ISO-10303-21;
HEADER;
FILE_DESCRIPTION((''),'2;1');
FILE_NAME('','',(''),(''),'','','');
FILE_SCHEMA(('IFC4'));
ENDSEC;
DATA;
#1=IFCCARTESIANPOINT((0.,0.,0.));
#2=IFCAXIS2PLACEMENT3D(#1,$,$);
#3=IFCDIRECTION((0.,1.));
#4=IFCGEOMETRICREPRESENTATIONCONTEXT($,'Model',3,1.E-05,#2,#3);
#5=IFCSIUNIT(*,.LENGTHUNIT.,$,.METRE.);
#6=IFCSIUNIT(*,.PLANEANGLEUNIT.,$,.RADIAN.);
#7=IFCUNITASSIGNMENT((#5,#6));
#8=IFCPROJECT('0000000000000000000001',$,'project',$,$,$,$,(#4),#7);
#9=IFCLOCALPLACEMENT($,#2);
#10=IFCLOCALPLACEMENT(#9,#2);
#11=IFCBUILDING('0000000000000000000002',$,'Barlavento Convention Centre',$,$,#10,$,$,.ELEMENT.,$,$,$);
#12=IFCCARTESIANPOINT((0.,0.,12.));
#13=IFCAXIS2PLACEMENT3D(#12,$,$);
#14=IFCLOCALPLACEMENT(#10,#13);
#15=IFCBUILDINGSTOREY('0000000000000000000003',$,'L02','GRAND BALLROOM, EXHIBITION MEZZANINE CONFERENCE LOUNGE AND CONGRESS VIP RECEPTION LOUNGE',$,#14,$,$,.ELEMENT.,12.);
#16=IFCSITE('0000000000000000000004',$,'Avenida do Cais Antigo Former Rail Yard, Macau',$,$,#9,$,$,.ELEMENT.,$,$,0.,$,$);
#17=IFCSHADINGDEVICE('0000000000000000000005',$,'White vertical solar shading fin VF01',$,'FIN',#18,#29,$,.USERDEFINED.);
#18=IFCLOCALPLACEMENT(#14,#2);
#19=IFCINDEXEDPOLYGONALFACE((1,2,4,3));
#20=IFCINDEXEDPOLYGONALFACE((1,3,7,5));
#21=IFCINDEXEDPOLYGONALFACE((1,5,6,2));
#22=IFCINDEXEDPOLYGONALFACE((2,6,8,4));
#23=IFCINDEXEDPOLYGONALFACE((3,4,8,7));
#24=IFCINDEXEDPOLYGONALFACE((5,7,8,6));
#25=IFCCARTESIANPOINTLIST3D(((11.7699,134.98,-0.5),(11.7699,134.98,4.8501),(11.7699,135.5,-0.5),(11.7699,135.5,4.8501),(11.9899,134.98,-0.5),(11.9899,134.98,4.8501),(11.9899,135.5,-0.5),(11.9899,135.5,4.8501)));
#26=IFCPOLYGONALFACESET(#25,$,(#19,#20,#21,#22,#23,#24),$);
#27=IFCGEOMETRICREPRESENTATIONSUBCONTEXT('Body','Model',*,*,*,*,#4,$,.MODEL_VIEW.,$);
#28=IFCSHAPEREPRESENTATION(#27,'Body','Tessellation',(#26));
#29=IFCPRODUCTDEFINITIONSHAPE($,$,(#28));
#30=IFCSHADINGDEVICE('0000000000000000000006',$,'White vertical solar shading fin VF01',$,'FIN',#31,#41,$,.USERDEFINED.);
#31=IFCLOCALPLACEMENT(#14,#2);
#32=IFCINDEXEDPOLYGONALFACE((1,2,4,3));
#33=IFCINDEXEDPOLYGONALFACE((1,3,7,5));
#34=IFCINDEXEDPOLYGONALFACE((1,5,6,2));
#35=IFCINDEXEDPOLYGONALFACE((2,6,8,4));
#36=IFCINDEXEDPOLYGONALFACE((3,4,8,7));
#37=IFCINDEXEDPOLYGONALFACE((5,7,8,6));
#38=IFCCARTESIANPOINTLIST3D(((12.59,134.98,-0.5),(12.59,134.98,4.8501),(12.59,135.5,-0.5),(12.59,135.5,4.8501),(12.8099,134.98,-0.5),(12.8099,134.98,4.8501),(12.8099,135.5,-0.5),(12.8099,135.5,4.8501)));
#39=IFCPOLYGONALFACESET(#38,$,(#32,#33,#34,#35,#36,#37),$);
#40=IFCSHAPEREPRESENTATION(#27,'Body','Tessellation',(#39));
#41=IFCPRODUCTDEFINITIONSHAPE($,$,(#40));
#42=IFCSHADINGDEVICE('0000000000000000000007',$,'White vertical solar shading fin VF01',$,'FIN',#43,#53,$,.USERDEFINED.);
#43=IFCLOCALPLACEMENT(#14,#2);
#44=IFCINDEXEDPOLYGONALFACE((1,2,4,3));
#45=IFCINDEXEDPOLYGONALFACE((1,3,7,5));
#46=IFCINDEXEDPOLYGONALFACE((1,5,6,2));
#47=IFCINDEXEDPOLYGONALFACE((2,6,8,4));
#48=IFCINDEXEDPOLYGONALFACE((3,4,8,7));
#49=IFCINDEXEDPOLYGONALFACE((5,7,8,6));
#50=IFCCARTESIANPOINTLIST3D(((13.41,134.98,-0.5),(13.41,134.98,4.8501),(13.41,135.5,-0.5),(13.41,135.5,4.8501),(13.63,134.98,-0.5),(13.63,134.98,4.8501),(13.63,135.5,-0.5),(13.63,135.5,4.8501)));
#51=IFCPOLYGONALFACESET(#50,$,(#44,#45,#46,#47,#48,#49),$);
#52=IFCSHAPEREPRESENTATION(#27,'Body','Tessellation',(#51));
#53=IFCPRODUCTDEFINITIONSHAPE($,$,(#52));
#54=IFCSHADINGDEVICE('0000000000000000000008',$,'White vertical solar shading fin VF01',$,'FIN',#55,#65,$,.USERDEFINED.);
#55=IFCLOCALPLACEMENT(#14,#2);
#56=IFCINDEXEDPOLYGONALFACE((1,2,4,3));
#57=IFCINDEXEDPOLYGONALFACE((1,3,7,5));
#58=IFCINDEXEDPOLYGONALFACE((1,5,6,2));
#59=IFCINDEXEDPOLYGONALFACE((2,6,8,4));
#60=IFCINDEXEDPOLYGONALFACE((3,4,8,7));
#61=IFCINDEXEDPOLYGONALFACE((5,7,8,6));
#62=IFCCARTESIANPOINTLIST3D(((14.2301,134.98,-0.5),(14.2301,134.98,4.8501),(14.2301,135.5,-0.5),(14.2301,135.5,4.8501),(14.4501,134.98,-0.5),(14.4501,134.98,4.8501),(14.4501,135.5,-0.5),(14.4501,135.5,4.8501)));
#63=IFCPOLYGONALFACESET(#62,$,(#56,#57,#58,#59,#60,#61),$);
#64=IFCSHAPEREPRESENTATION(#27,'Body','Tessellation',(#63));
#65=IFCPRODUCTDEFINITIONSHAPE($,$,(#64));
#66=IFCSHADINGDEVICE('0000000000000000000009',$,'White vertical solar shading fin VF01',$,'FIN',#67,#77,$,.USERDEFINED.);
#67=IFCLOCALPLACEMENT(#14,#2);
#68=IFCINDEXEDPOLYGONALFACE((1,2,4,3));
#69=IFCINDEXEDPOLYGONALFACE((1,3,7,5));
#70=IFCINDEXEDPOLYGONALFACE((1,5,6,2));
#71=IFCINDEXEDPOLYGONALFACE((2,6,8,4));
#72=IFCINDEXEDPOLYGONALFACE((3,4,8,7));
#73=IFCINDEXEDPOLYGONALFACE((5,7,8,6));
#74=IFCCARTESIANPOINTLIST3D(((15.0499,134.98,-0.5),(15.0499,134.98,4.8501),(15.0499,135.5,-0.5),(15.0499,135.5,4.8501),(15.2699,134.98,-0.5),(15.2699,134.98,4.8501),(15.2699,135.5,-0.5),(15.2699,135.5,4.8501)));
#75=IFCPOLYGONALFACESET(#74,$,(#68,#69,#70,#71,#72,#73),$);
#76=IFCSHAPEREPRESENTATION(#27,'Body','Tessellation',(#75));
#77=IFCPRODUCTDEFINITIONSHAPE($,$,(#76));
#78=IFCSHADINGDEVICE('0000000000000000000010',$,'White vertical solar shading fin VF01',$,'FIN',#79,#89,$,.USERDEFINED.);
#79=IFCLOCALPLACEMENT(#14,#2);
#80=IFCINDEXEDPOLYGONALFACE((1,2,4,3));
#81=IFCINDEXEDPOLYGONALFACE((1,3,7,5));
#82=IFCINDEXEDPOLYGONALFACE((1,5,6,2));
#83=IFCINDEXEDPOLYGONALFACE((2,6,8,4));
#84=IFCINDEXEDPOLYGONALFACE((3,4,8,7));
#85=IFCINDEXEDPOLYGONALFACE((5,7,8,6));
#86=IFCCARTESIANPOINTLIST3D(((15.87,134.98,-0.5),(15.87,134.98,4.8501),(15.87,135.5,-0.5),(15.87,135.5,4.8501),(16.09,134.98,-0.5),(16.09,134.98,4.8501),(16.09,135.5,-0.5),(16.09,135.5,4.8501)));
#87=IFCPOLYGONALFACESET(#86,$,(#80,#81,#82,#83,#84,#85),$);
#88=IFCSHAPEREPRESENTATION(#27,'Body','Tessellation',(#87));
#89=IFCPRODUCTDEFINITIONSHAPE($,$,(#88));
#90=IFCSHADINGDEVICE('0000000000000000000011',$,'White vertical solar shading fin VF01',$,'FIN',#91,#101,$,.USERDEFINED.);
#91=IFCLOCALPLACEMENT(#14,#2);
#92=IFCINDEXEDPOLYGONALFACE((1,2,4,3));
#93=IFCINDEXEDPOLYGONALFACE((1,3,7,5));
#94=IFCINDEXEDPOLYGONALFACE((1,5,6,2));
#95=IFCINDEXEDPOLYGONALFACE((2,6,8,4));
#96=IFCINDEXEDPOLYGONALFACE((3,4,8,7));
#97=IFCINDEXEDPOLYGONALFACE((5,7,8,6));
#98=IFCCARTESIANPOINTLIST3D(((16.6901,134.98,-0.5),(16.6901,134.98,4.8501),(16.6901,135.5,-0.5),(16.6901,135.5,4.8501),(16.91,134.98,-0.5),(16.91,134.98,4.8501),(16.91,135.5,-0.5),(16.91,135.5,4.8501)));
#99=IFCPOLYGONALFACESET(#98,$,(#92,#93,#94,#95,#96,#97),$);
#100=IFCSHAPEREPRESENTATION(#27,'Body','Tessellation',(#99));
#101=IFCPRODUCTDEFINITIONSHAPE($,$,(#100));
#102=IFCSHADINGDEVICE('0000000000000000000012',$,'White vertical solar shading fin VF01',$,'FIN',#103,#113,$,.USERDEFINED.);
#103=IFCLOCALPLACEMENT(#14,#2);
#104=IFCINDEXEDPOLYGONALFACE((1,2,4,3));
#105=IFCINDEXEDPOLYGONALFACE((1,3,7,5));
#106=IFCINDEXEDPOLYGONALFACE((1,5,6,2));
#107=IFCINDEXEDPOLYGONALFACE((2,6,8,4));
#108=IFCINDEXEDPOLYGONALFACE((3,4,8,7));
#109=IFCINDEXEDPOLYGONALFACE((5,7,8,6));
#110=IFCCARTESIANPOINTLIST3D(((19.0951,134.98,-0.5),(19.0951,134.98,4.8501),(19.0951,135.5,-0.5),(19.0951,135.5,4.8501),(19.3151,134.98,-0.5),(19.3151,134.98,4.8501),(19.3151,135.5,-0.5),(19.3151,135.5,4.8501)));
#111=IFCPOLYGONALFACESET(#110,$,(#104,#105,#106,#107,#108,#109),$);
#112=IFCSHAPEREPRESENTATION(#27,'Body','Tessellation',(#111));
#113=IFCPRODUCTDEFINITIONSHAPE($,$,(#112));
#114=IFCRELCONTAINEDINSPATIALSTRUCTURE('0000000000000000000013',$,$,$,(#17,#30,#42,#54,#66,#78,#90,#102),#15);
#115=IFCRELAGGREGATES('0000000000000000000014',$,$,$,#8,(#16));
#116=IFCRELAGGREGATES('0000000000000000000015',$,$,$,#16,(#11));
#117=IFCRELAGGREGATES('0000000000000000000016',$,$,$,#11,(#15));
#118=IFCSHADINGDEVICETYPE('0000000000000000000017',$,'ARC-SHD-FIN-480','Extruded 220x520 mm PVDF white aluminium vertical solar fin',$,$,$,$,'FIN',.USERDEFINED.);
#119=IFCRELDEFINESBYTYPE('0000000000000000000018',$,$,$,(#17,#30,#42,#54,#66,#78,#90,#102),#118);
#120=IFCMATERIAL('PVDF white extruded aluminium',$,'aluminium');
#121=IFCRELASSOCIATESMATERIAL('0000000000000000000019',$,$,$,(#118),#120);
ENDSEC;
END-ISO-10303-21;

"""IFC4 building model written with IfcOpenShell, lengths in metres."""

from ifc_helpers import new_model, si_unit, direction, frame, origin, origin_2d, place, context, subcontext, project, spatial, rectangle, extrude, material, type_object, element, save


model = new_model("IFC4")

# Units and contexts
model_context = context("Model", 3, precision=1e-05, world=origin(), true_north=direction((0.0, 1.0)))
body_context = subcontext(model_context, "Body", "Model", "MODEL_VIEW")
ifc_project = project(units=[si_unit("LENGTHUNIT", "METRE"), si_unit("PLANEANGLEUNIT", "RADIAN")], contexts=[model_context])

# Site, building, storey
site_placement = place(None, origin())
site = spatial("IfcSite", under=ifc_project, at=site_placement, Name="Avenida do Cais Antigo Former Rail Yard, Macau", CompositionType="ELEMENT", RefElevation=0.0)
building_placement = place(site_placement, origin())
building = spatial("IfcBuilding", under=site, at=building_placement, Name="Barlavento Convention Centre", CompositionType="ELEMENT")
storey_placement = place(building_placement, frame((0.0, 0.0, 12.0)))
storey = spatial("IfcBuildingStorey", under=building, at=storey_placement, Name="L02", Description="GRAND BALLROOM, EXHIBITION MEZZANINE CONFERENCE LOUNGE AND CONGRESS VIP RECEPTION LOUNGE", CompositionType="ELEMENT", Elevation=12.0)

# Shading devices
ifc_material_1 = material(Name="PVDF white extruded aluminium", Category="aluminium")
shading_device_type = type_object("IfcShadingDeviceType", Name="ARC-SHD-FIN-480", Description="Extruded 220x520 mm PVDF white aluminium vertical solar fin", ElementType="FIN", PredefinedType="USERDEFINED", material=ifc_material_1)
for number, where, z_axis, x_axis, name in (
    (1, (11.8799, 135.24, -0.5), (0.0, 0.0, 1.0), (1.0, 0.0, 0.0), "White vertical solar shading fin VF01"),
    (2, (12.7, 135.24, -0.5), (0.0, 0.0, 1.0), (1.0, 0.0, 0.0), "White vertical solar shading fin VF01"),
    (3, (13.52, 135.24, -0.5), (0.0, 0.0, 1.0), (1.0, 0.0, 0.0), "White vertical solar shading fin VF01"),
    (4, (14.3401, 135.24, -0.5), (0.0, 0.0, 1.0), (1.0, 0.0, 0.0), "White vertical solar shading fin VF01"),
    (5, (15.1599, 135.24, -0.5), (0.0, 0.0, 1.0), (1.0, 0.0, 0.0), "White vertical solar shading fin VF01"),
    (6, (15.98, 135.24, -0.5), (0.0, 0.0, 1.0), (1.0, 0.0, 0.0), "White vertical solar shading fin VF01"),
    (7, (16.8, 135.24, -0.5), (0.0, 0.0, 1.0), (1.0, 0.0, 0.0), "White vertical solar shading fin VF01"),
    (8, (19.2051, 135.24, -0.5), (0.0, 0.0, 1.0), (1.0, 0.0, 0.0), "White vertical solar shading fin VF01"),
):
    element("IfcShadingDevice", number, at=place(storey_placement, frame(where, z_axis=z_axis, x_axis=x_axis)), inside=storey, type_object=shading_device_type, Name=name, ObjectType="FIN", PredefinedType="USERDEFINED", context=body_context, shape_type="SweptSolid", body=[
        extrude(rectangle(XDim=0.22, YDim=0.52, at=origin_2d()), origin(), (0.0, 0.0, 1.0), 5.3501),
    ])

save(model, "model.ifc")
